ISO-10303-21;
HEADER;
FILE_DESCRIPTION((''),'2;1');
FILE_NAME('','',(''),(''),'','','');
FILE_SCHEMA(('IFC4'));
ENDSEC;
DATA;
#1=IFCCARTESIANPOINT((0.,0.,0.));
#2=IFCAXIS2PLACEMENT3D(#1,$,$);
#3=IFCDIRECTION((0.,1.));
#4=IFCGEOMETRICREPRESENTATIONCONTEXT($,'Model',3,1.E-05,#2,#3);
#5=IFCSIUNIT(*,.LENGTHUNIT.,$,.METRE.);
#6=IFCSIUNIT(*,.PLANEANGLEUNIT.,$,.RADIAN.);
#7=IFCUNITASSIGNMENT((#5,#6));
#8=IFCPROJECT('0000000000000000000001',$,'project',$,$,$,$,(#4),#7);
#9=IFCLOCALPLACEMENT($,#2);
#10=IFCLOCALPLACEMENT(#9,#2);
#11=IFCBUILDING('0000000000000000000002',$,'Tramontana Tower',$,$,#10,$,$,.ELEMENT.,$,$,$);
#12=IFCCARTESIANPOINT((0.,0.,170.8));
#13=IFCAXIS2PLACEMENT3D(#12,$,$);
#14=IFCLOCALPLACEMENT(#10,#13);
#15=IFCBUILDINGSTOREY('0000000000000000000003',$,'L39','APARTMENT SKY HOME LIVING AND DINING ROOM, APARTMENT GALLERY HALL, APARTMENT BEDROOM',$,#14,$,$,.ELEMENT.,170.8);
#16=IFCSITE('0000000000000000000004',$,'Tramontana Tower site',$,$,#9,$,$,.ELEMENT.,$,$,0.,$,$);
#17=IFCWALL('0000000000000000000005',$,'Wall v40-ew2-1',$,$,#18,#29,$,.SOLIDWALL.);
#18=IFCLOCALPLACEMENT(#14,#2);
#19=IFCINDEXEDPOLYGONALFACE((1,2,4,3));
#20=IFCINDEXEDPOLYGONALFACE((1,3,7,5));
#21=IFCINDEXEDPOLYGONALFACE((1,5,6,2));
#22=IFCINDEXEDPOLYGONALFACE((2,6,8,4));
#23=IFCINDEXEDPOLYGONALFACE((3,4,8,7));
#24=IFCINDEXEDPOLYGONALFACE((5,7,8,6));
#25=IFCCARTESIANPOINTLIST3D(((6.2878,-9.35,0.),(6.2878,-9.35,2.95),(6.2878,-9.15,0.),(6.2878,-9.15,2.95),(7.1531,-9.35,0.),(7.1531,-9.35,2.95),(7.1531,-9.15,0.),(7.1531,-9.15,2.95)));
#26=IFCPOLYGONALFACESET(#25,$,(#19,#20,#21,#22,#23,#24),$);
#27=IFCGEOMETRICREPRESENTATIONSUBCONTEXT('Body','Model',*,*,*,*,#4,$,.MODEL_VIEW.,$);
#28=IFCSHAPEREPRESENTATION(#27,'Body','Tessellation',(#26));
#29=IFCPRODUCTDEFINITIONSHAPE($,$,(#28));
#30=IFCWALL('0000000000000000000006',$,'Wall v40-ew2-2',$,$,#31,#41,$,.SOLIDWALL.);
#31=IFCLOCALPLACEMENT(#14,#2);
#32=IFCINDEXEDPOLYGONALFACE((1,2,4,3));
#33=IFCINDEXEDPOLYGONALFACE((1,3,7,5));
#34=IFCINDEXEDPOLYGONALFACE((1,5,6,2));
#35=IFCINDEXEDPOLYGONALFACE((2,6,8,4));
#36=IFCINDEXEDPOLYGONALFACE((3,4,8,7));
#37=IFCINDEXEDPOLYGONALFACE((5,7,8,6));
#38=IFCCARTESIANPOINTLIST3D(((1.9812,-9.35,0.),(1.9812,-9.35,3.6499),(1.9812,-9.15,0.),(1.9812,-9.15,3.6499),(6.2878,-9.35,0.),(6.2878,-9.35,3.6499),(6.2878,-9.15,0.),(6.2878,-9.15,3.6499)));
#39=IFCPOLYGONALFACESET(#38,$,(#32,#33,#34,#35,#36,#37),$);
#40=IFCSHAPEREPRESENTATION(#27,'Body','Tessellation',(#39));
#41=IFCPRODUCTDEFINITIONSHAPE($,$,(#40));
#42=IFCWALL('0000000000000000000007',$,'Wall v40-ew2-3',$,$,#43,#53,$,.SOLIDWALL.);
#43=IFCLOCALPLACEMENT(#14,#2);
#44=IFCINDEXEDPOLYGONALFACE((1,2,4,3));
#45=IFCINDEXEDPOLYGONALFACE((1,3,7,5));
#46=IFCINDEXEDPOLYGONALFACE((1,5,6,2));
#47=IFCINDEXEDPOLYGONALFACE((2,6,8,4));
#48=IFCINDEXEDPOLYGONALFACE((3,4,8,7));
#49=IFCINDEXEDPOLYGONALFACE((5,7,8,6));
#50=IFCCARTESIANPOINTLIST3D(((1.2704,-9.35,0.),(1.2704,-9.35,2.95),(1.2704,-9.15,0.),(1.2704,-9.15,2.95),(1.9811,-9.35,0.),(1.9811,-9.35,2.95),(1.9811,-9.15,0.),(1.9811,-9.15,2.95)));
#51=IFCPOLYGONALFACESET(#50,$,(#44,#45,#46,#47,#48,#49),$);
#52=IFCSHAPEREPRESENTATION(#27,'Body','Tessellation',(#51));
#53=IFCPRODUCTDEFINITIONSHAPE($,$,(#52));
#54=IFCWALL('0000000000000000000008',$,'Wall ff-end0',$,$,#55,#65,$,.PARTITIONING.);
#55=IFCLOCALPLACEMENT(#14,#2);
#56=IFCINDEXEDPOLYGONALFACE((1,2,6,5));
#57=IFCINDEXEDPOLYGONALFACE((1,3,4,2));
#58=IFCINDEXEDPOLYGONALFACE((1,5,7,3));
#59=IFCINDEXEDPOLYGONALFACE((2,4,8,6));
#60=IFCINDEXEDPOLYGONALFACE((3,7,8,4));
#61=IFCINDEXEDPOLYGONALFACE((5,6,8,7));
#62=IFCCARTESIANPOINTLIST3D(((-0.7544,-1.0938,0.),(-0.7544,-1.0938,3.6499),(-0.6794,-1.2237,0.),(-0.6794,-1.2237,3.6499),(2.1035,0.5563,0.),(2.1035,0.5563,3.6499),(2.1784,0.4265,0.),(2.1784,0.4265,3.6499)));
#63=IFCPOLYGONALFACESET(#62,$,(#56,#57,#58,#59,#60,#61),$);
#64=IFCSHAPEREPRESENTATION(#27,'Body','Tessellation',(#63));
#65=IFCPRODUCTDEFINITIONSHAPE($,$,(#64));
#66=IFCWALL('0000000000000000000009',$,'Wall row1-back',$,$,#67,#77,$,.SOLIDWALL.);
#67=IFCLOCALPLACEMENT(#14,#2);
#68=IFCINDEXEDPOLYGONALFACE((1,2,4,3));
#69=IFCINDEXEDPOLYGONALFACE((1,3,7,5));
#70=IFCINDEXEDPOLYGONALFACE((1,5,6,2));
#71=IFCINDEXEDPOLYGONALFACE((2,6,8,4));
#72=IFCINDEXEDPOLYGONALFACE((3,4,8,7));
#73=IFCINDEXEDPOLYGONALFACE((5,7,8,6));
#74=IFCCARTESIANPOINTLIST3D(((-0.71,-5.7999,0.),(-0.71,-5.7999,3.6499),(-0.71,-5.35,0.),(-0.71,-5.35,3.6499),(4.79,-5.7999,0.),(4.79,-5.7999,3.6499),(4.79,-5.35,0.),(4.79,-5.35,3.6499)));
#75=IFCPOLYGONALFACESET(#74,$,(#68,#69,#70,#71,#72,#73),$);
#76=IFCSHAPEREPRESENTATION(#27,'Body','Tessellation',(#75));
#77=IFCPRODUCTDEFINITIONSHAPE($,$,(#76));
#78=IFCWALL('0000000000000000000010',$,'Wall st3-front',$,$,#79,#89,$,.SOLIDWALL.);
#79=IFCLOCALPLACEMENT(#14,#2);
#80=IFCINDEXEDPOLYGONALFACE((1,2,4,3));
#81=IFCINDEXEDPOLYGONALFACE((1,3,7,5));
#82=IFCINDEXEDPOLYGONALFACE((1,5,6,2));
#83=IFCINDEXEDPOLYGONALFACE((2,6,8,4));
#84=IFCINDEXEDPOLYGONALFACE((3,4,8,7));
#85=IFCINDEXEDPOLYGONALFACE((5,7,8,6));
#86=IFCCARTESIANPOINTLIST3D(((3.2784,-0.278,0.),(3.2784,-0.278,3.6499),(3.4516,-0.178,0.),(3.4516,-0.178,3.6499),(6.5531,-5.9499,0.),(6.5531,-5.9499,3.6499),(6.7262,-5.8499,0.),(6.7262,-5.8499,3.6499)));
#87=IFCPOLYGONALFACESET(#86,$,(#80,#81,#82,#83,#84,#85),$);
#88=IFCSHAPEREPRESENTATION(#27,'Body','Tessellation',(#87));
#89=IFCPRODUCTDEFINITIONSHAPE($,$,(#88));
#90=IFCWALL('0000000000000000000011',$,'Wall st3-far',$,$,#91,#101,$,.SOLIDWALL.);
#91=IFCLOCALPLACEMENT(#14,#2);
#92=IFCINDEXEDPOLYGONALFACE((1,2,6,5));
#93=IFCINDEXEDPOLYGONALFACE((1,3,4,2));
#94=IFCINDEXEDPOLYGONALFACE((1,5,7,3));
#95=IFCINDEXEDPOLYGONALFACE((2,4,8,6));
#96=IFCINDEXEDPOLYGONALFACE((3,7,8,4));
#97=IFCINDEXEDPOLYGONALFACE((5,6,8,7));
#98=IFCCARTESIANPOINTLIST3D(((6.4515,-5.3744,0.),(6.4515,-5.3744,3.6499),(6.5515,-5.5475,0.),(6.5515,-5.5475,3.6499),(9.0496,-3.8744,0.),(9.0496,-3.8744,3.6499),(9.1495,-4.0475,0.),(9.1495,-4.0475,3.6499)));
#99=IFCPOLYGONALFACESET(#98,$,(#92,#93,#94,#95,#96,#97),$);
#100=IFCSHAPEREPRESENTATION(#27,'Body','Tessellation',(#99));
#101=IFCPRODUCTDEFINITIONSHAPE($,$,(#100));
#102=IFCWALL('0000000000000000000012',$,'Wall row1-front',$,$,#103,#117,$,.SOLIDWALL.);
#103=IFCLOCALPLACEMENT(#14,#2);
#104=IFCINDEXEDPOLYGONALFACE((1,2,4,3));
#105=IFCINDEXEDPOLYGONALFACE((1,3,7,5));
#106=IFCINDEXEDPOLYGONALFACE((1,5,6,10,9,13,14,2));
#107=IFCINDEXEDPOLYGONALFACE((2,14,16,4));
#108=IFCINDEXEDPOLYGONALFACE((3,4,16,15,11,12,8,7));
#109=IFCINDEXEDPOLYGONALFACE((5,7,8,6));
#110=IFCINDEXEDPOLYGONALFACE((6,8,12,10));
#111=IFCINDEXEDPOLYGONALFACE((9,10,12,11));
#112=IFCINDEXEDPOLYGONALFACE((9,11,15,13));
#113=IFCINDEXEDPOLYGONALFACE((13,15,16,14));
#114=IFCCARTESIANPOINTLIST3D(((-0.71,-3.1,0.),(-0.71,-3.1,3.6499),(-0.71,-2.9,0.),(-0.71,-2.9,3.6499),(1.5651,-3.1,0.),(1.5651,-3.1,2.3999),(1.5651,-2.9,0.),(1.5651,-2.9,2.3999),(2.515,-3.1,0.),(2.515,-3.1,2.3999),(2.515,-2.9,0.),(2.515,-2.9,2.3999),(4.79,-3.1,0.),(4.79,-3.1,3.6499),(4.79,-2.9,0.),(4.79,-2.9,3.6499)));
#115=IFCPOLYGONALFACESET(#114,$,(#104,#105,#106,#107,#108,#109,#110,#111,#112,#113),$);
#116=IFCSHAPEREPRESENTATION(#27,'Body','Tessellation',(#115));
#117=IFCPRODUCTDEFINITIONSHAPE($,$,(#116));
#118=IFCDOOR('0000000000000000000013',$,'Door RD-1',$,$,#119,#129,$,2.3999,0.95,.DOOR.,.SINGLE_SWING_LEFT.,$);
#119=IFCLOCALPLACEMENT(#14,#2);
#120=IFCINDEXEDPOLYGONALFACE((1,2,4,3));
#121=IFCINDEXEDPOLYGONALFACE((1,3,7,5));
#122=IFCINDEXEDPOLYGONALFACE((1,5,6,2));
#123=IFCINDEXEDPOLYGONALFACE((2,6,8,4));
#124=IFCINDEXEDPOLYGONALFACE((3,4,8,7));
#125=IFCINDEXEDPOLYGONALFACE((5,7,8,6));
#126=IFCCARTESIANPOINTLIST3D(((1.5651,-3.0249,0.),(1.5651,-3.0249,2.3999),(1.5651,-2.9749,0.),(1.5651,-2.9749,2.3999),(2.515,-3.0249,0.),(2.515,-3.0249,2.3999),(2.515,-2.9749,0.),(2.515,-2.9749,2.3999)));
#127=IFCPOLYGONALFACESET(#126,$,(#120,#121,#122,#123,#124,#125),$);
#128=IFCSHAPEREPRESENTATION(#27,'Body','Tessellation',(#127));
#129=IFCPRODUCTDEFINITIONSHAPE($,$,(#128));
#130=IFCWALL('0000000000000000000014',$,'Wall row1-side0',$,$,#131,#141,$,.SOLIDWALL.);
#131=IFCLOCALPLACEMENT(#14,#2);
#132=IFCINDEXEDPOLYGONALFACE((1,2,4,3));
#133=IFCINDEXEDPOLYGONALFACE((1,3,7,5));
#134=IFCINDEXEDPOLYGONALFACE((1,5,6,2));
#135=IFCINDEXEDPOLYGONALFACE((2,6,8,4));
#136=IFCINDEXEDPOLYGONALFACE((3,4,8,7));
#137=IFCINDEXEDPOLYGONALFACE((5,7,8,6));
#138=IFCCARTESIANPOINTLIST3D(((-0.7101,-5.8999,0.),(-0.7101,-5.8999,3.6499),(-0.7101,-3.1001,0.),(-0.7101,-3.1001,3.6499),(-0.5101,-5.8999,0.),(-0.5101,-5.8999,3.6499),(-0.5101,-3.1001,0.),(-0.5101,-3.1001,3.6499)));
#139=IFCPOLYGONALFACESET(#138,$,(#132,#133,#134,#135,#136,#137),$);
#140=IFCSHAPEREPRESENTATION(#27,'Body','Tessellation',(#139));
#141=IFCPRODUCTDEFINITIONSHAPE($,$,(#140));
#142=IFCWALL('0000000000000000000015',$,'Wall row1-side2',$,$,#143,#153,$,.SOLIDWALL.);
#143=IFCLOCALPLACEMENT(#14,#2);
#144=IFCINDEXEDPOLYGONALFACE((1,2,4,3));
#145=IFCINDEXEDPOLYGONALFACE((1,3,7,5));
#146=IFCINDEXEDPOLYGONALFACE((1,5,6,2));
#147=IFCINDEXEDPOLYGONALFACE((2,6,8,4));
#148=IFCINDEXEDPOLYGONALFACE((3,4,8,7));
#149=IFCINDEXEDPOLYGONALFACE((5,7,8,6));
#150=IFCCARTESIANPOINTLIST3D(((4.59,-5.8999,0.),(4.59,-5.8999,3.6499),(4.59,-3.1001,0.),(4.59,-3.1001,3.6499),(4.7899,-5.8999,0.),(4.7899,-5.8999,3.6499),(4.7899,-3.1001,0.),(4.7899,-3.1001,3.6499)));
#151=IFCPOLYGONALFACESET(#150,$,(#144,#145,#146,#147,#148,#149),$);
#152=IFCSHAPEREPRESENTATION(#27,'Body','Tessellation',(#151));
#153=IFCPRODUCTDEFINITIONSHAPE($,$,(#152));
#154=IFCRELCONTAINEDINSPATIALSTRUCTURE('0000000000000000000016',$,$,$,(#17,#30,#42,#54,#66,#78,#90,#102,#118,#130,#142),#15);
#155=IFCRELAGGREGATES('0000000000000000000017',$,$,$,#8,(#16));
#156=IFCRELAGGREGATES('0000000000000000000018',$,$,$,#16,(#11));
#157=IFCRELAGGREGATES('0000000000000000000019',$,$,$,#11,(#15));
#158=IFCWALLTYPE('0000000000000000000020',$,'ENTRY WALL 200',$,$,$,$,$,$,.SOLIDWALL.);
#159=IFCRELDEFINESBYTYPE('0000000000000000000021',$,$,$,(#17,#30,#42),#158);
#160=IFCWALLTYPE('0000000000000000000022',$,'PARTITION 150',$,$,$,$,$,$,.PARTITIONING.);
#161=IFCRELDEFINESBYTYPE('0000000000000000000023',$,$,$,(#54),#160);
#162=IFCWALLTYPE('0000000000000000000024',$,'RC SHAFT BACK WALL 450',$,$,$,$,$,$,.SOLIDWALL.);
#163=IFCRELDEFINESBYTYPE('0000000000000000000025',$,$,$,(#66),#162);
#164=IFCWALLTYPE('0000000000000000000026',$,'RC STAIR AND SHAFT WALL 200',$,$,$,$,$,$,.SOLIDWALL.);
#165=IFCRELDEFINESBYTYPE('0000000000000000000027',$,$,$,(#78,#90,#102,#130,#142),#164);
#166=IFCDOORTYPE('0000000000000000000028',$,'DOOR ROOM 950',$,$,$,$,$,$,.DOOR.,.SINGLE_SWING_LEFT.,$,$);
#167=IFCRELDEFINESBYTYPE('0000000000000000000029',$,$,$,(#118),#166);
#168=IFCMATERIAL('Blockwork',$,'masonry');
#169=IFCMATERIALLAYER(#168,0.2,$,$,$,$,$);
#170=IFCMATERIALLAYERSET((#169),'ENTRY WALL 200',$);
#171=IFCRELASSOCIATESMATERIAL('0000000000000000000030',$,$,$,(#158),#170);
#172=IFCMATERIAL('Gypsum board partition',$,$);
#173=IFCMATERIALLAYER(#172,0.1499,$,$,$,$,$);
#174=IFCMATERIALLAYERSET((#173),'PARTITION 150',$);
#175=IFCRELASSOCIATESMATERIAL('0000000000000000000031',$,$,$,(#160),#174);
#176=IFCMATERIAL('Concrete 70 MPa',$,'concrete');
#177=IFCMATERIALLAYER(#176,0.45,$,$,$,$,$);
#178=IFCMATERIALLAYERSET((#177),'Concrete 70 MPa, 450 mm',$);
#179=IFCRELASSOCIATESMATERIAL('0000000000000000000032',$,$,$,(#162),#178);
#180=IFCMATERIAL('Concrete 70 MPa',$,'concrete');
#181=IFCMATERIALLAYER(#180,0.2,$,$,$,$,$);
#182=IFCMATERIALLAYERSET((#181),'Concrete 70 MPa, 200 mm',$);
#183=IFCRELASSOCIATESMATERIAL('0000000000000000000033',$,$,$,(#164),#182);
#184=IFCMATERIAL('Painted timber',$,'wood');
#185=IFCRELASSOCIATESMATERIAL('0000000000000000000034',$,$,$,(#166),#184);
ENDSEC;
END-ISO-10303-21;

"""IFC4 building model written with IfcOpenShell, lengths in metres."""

from ifc_helpers import new_model, si_unit, direction, frame, frame_2d, origin, place, context, subcontext, project, spatial, rectangle, extrude, material, layer, layer_set, type_object, element, fill, save


model = new_model("IFC4")

# Units and contexts
model_context = context("Model", 3, precision=1e-05, world=origin(), true_north=direction((0.0, 1.0)))
body_context = subcontext(model_context, "Body", "Model", "MODEL_VIEW")
ifc_project = project(units=[si_unit("LENGTHUNIT", "METRE"), si_unit("PLANEANGLEUNIT", "RADIAN")], contexts=[model_context])

# Site, building, storey
site_placement = place(None, origin())
site = spatial("IfcSite", under=ifc_project, at=site_placement, Name="Tramontana Tower site", CompositionType="ELEMENT", RefElevation=0.0)
building_placement = place(site_placement, origin())
building = spatial("IfcBuilding", under=site, at=building_placement, Name="Tramontana Tower", CompositionType="ELEMENT")
storey_placement = place(building_placement, frame((0.0, 0.0, 170.8)))
storey = spatial("IfcBuildingStorey", under=building, at=storey_placement, Name="L39", Description="APARTMENT SKY HOME LIVING AND DINING ROOM, APARTMENT GALLERY HALL, APARTMENT BEDROOM", CompositionType="ELEMENT", Elevation=170.8)

# Walls
ifc_material_1 = material(Name="Blockwork", Category="masonry")
ifc_layer_1 = layer(ifc_material_1, 0.2)
ifc_layer_set_1 = layer_set([ifc_layer_1], Name="ENTRY WALL 200")
wall_type_1 = type_object("IfcWallType", Name="ENTRY WALL 200", PredefinedType="SOLIDWALL", material=ifc_layer_set_1)
wall_1_placement = place(storey_placement, frame((7.1531, -9.25, 0.0), z_axis=(0.0, 0.0, 1.0), x_axis=(-1.0, 0.0, 0.0)))
element("IfcWall", 1, at=wall_1_placement, inside=storey, type_object=wall_type_1, Name="Wall v40-ew2-1", PredefinedType="SOLIDWALL", context=body_context, shape_type="SweptSolid", body=[
    extrude(rectangle(XDim=0.8652, YDim=0.2, at=frame_2d((0.4326, 0.0))), origin(), (0.0, 0.0, 1.0), 2.95),
])
wall_2_placement = place(storey_placement, frame((6.2878, -9.25, 0.0), z_axis=(0.0, 0.0, 1.0), x_axis=(-1.0, 0.0, 0.0)))
element("IfcWall", 2, at=wall_2_placement, inside=storey, type_object=wall_type_1, Name="Wall v40-ew2-2", PredefinedType="SOLIDWALL", context=body_context, shape_type="SweptSolid", body=[
    extrude(rectangle(XDim=4.3066, YDim=0.2, at=frame_2d((2.1533, 0.0))), origin(), (0.0, 0.0, 1.0), 3.6499),
])
wall_3_placement = place(storey_placement, frame((1.9812, -9.25, 0.0), z_axis=(0.0, 0.0, 1.0), x_axis=(-1.0, 0.0, 0.0)))
element("IfcWall", 3, at=wall_3_placement, inside=storey, type_object=wall_type_1, Name="Wall v40-ew2-3", PredefinedType="SOLIDWALL", context=body_context, shape_type="SweptSolid", body=[
    extrude(rectangle(XDim=0.7107, YDim=0.2, at=frame_2d((0.3555, 0.0))), origin(), (0.0, 0.0, 1.0), 2.95),
])

# Shared definitions
ifc_material_2 = material(Name="Gypsum board partition")
ifc_layer_2 = layer(ifc_material_2, 0.1499)
ifc_layer_set_2 = layer_set([ifc_layer_2], Name="PARTITION 150")
wall_type_2 = type_object("IfcWallType", Name="PARTITION 150", PredefinedType="PARTITIONING", material=ifc_layer_set_2)

# Walls
wall_4_placement = place(storey_placement, frame((-0.7168, -1.1587, 0.0), z_axis=(0.0, 0.0, 1.0), x_axis=(0.866008, 0.50003, 0.0)))
element("IfcWall", 4, at=wall_4_placement, inside=storey, type_object=wall_type_2, Name="Wall ff-end0", PredefinedType="PARTITIONING", context=body_context, shape_type="SweptSolid", body=[
    extrude(rectangle(XDim=3.3, YDim=0.1499, at=frame_2d((1.6499, 0.0))), origin(), (0.0, 0.0, 1.0), 3.6499),
])
ifc_material_3 = material(Name="Concrete 70 MPa", Category="concrete")
ifc_layer_3 = layer(ifc_material_3, 0.45)
ifc_layer_set_3 = layer_set([ifc_layer_3], Name="Concrete 70 MPa, 450 mm")
wall_type_3 = type_object("IfcWallType", Name="RC SHAFT BACK WALL 450", PredefinedType="SOLIDWALL", material=ifc_layer_set_3)
wall_5_placement = place(storey_placement, frame((-0.71, -5.575, 0.0), z_axis=(0.0, 0.0, 1.0), x_axis=(1.0, 0.0, 0.0)))
element("IfcWall", 5, at=wall_5_placement, inside=storey, type_object=wall_type_3, Name="Wall row1-back", PredefinedType="SOLIDWALL", context=body_context, shape_type="SweptSolid", body=[
    extrude(rectangle(XDim=5.5, YDim=0.45, at=frame_2d((2.75, 0.0))), origin(), (0.0, 0.0, 1.0), 3.6499),
])

# Shared definitions
ifc_material_4 = material(Name="Concrete 70 MPa", Category="concrete")
ifc_layer_4 = layer(ifc_material_4, 0.2)
ifc_layer_set_4 = layer_set([ifc_layer_4], Name="Concrete 70 MPa, 200 mm")
wall_type_4 = type_object("IfcWallType", Name="RC STAIR AND SHAFT WALL 200", PredefinedType="SOLIDWALL", material=ifc_layer_set_4)

# Walls
wall_6_placement = place(storey_placement, frame((6.6396, -5.8999, 0.0), z_axis=(0.0, 0.0, 1.0), x_axis=(-0.5, 0.866025, 0.0)))
element("IfcWall", 6, at=wall_6_placement, inside=storey, type_object=wall_type_4, Name="Wall st3-front", PredefinedType="SOLIDWALL", context=body_context, shape_type="SweptSolid", body=[
    extrude(rectangle(XDim=6.5493, YDim=0.2, at=frame_2d((3.2747, 0.0))), origin(), (0.0, 0.0, 1.0), 3.6499),
])
wall_7_placement = place(storey_placement, frame((6.5015, -5.4609, 0.0), z_axis=(0.0, 0.0, 1.0), x_axis=(0.866031, 0.49999, 0.0)))
element("IfcWall", 7, at=wall_7_placement, inside=storey, type_object=wall_type_4, Name="Wall st3-far", PredefinedType="SOLIDWALL", context=body_context, shape_type="SweptSolid", body=[
    extrude(rectangle(XDim=3.0, YDim=0.2, at=frame_2d((1.5, 0.0))), origin(), (0.0, 0.0, 1.0), 3.6499),
])

# Wall, opening, door
wall_8_placement = place(storey_placement, frame((4.79, -3.0, 0.0), z_axis=(0.0, 0.0, 1.0), x_axis=(-1.0, 0.0, 0.0)))
wall_8 = element("IfcWall", 8, at=wall_8_placement, inside=storey, type_object=wall_type_4, Name="Wall row1-front", PredefinedType="SOLIDWALL", context=body_context, shape_type="SweptSolid", body=[
    extrude(rectangle(XDim=5.5, YDim=0.2, at=frame_2d((2.75, 0.0))), origin(), (0.0, 0.0, 1.0), 3.6499),
])
opening_1_placement = place(wall_8_placement, frame((2.2749, 0.0, 0.0)))
opening_1 = element("IfcOpeningElement", 9, at=opening_1_placement, cuts=wall_8, PredefinedType="OPENING", context=body_context, shape_type="SweptSolid", body=[
    extrude(rectangle(XDim=0.95, YDim=2.3999, at=frame_2d((0.4751, 1.2))), frame((0.0, 0.1099, 0.0), z_axis=(0.0, -1.0, 0.0), x_axis=(1.0, 0.0, 0.0)), (0.0, 0.0, 1.0), 0.22),
])
ifc_material_5 = material(Name="Painted timber", Category="wood")
door_type_1 = type_object("IfcDoorType", Name="DOOR ROOM 950", OperationType="SINGLE_SWING_LEFT", PredefinedType="DOOR", material=ifc_material_5)
door_1_placement = place(opening_1_placement, origin())
door_1 = element("IfcDoor", 10, at=door_1_placement, inside=storey, type_object=door_type_1, Name="Door RD-1", OperationType="SINGLE_SWING_LEFT", OverallHeight=2.3999, OverallWidth=0.95, PredefinedType="DOOR", context=body_context, shape_type="SweptSolid", body=[
    extrude(rectangle(XDim=0.95, YDim=2.3999, at=frame_2d((0.4751, 1.2))), frame((0.0, 0.0249, 0.0), z_axis=(0.0, -1.0, 0.0), x_axis=(1.0, 0.0, 0.0)), (0.0, 0.0, 1.0), 0.05),
])
fill(opening_1, door_1)

# Walls
for number, where, z_axis, x_axis, name in (
    (11, (-0.6101, -3.1001, 0.0), (0.0, 0.0, 1.0), (0.0, -1.0, 0.0), "Wall row1-side0"),
    (12, (4.6899, -3.1001, 0.0), (0.0, 0.0, 1.0), (0.0, -1.0, 0.0), "Wall row1-side2"),
):
    element("IfcWall", number, at=place(storey_placement, frame(where, z_axis=z_axis, x_axis=x_axis)), inside=storey, type_object=wall_type_4, Name=name, PredefinedType="SOLIDWALL", context=body_context, shape_type="SweptSolid", body=[
        extrude(rectangle(XDim=2.7998, YDim=0.2, at=frame_2d((1.3999, 0.0))), origin(), (0.0, 0.0, 1.0), 3.6499),
    ])

save(model, "model.ifc")
